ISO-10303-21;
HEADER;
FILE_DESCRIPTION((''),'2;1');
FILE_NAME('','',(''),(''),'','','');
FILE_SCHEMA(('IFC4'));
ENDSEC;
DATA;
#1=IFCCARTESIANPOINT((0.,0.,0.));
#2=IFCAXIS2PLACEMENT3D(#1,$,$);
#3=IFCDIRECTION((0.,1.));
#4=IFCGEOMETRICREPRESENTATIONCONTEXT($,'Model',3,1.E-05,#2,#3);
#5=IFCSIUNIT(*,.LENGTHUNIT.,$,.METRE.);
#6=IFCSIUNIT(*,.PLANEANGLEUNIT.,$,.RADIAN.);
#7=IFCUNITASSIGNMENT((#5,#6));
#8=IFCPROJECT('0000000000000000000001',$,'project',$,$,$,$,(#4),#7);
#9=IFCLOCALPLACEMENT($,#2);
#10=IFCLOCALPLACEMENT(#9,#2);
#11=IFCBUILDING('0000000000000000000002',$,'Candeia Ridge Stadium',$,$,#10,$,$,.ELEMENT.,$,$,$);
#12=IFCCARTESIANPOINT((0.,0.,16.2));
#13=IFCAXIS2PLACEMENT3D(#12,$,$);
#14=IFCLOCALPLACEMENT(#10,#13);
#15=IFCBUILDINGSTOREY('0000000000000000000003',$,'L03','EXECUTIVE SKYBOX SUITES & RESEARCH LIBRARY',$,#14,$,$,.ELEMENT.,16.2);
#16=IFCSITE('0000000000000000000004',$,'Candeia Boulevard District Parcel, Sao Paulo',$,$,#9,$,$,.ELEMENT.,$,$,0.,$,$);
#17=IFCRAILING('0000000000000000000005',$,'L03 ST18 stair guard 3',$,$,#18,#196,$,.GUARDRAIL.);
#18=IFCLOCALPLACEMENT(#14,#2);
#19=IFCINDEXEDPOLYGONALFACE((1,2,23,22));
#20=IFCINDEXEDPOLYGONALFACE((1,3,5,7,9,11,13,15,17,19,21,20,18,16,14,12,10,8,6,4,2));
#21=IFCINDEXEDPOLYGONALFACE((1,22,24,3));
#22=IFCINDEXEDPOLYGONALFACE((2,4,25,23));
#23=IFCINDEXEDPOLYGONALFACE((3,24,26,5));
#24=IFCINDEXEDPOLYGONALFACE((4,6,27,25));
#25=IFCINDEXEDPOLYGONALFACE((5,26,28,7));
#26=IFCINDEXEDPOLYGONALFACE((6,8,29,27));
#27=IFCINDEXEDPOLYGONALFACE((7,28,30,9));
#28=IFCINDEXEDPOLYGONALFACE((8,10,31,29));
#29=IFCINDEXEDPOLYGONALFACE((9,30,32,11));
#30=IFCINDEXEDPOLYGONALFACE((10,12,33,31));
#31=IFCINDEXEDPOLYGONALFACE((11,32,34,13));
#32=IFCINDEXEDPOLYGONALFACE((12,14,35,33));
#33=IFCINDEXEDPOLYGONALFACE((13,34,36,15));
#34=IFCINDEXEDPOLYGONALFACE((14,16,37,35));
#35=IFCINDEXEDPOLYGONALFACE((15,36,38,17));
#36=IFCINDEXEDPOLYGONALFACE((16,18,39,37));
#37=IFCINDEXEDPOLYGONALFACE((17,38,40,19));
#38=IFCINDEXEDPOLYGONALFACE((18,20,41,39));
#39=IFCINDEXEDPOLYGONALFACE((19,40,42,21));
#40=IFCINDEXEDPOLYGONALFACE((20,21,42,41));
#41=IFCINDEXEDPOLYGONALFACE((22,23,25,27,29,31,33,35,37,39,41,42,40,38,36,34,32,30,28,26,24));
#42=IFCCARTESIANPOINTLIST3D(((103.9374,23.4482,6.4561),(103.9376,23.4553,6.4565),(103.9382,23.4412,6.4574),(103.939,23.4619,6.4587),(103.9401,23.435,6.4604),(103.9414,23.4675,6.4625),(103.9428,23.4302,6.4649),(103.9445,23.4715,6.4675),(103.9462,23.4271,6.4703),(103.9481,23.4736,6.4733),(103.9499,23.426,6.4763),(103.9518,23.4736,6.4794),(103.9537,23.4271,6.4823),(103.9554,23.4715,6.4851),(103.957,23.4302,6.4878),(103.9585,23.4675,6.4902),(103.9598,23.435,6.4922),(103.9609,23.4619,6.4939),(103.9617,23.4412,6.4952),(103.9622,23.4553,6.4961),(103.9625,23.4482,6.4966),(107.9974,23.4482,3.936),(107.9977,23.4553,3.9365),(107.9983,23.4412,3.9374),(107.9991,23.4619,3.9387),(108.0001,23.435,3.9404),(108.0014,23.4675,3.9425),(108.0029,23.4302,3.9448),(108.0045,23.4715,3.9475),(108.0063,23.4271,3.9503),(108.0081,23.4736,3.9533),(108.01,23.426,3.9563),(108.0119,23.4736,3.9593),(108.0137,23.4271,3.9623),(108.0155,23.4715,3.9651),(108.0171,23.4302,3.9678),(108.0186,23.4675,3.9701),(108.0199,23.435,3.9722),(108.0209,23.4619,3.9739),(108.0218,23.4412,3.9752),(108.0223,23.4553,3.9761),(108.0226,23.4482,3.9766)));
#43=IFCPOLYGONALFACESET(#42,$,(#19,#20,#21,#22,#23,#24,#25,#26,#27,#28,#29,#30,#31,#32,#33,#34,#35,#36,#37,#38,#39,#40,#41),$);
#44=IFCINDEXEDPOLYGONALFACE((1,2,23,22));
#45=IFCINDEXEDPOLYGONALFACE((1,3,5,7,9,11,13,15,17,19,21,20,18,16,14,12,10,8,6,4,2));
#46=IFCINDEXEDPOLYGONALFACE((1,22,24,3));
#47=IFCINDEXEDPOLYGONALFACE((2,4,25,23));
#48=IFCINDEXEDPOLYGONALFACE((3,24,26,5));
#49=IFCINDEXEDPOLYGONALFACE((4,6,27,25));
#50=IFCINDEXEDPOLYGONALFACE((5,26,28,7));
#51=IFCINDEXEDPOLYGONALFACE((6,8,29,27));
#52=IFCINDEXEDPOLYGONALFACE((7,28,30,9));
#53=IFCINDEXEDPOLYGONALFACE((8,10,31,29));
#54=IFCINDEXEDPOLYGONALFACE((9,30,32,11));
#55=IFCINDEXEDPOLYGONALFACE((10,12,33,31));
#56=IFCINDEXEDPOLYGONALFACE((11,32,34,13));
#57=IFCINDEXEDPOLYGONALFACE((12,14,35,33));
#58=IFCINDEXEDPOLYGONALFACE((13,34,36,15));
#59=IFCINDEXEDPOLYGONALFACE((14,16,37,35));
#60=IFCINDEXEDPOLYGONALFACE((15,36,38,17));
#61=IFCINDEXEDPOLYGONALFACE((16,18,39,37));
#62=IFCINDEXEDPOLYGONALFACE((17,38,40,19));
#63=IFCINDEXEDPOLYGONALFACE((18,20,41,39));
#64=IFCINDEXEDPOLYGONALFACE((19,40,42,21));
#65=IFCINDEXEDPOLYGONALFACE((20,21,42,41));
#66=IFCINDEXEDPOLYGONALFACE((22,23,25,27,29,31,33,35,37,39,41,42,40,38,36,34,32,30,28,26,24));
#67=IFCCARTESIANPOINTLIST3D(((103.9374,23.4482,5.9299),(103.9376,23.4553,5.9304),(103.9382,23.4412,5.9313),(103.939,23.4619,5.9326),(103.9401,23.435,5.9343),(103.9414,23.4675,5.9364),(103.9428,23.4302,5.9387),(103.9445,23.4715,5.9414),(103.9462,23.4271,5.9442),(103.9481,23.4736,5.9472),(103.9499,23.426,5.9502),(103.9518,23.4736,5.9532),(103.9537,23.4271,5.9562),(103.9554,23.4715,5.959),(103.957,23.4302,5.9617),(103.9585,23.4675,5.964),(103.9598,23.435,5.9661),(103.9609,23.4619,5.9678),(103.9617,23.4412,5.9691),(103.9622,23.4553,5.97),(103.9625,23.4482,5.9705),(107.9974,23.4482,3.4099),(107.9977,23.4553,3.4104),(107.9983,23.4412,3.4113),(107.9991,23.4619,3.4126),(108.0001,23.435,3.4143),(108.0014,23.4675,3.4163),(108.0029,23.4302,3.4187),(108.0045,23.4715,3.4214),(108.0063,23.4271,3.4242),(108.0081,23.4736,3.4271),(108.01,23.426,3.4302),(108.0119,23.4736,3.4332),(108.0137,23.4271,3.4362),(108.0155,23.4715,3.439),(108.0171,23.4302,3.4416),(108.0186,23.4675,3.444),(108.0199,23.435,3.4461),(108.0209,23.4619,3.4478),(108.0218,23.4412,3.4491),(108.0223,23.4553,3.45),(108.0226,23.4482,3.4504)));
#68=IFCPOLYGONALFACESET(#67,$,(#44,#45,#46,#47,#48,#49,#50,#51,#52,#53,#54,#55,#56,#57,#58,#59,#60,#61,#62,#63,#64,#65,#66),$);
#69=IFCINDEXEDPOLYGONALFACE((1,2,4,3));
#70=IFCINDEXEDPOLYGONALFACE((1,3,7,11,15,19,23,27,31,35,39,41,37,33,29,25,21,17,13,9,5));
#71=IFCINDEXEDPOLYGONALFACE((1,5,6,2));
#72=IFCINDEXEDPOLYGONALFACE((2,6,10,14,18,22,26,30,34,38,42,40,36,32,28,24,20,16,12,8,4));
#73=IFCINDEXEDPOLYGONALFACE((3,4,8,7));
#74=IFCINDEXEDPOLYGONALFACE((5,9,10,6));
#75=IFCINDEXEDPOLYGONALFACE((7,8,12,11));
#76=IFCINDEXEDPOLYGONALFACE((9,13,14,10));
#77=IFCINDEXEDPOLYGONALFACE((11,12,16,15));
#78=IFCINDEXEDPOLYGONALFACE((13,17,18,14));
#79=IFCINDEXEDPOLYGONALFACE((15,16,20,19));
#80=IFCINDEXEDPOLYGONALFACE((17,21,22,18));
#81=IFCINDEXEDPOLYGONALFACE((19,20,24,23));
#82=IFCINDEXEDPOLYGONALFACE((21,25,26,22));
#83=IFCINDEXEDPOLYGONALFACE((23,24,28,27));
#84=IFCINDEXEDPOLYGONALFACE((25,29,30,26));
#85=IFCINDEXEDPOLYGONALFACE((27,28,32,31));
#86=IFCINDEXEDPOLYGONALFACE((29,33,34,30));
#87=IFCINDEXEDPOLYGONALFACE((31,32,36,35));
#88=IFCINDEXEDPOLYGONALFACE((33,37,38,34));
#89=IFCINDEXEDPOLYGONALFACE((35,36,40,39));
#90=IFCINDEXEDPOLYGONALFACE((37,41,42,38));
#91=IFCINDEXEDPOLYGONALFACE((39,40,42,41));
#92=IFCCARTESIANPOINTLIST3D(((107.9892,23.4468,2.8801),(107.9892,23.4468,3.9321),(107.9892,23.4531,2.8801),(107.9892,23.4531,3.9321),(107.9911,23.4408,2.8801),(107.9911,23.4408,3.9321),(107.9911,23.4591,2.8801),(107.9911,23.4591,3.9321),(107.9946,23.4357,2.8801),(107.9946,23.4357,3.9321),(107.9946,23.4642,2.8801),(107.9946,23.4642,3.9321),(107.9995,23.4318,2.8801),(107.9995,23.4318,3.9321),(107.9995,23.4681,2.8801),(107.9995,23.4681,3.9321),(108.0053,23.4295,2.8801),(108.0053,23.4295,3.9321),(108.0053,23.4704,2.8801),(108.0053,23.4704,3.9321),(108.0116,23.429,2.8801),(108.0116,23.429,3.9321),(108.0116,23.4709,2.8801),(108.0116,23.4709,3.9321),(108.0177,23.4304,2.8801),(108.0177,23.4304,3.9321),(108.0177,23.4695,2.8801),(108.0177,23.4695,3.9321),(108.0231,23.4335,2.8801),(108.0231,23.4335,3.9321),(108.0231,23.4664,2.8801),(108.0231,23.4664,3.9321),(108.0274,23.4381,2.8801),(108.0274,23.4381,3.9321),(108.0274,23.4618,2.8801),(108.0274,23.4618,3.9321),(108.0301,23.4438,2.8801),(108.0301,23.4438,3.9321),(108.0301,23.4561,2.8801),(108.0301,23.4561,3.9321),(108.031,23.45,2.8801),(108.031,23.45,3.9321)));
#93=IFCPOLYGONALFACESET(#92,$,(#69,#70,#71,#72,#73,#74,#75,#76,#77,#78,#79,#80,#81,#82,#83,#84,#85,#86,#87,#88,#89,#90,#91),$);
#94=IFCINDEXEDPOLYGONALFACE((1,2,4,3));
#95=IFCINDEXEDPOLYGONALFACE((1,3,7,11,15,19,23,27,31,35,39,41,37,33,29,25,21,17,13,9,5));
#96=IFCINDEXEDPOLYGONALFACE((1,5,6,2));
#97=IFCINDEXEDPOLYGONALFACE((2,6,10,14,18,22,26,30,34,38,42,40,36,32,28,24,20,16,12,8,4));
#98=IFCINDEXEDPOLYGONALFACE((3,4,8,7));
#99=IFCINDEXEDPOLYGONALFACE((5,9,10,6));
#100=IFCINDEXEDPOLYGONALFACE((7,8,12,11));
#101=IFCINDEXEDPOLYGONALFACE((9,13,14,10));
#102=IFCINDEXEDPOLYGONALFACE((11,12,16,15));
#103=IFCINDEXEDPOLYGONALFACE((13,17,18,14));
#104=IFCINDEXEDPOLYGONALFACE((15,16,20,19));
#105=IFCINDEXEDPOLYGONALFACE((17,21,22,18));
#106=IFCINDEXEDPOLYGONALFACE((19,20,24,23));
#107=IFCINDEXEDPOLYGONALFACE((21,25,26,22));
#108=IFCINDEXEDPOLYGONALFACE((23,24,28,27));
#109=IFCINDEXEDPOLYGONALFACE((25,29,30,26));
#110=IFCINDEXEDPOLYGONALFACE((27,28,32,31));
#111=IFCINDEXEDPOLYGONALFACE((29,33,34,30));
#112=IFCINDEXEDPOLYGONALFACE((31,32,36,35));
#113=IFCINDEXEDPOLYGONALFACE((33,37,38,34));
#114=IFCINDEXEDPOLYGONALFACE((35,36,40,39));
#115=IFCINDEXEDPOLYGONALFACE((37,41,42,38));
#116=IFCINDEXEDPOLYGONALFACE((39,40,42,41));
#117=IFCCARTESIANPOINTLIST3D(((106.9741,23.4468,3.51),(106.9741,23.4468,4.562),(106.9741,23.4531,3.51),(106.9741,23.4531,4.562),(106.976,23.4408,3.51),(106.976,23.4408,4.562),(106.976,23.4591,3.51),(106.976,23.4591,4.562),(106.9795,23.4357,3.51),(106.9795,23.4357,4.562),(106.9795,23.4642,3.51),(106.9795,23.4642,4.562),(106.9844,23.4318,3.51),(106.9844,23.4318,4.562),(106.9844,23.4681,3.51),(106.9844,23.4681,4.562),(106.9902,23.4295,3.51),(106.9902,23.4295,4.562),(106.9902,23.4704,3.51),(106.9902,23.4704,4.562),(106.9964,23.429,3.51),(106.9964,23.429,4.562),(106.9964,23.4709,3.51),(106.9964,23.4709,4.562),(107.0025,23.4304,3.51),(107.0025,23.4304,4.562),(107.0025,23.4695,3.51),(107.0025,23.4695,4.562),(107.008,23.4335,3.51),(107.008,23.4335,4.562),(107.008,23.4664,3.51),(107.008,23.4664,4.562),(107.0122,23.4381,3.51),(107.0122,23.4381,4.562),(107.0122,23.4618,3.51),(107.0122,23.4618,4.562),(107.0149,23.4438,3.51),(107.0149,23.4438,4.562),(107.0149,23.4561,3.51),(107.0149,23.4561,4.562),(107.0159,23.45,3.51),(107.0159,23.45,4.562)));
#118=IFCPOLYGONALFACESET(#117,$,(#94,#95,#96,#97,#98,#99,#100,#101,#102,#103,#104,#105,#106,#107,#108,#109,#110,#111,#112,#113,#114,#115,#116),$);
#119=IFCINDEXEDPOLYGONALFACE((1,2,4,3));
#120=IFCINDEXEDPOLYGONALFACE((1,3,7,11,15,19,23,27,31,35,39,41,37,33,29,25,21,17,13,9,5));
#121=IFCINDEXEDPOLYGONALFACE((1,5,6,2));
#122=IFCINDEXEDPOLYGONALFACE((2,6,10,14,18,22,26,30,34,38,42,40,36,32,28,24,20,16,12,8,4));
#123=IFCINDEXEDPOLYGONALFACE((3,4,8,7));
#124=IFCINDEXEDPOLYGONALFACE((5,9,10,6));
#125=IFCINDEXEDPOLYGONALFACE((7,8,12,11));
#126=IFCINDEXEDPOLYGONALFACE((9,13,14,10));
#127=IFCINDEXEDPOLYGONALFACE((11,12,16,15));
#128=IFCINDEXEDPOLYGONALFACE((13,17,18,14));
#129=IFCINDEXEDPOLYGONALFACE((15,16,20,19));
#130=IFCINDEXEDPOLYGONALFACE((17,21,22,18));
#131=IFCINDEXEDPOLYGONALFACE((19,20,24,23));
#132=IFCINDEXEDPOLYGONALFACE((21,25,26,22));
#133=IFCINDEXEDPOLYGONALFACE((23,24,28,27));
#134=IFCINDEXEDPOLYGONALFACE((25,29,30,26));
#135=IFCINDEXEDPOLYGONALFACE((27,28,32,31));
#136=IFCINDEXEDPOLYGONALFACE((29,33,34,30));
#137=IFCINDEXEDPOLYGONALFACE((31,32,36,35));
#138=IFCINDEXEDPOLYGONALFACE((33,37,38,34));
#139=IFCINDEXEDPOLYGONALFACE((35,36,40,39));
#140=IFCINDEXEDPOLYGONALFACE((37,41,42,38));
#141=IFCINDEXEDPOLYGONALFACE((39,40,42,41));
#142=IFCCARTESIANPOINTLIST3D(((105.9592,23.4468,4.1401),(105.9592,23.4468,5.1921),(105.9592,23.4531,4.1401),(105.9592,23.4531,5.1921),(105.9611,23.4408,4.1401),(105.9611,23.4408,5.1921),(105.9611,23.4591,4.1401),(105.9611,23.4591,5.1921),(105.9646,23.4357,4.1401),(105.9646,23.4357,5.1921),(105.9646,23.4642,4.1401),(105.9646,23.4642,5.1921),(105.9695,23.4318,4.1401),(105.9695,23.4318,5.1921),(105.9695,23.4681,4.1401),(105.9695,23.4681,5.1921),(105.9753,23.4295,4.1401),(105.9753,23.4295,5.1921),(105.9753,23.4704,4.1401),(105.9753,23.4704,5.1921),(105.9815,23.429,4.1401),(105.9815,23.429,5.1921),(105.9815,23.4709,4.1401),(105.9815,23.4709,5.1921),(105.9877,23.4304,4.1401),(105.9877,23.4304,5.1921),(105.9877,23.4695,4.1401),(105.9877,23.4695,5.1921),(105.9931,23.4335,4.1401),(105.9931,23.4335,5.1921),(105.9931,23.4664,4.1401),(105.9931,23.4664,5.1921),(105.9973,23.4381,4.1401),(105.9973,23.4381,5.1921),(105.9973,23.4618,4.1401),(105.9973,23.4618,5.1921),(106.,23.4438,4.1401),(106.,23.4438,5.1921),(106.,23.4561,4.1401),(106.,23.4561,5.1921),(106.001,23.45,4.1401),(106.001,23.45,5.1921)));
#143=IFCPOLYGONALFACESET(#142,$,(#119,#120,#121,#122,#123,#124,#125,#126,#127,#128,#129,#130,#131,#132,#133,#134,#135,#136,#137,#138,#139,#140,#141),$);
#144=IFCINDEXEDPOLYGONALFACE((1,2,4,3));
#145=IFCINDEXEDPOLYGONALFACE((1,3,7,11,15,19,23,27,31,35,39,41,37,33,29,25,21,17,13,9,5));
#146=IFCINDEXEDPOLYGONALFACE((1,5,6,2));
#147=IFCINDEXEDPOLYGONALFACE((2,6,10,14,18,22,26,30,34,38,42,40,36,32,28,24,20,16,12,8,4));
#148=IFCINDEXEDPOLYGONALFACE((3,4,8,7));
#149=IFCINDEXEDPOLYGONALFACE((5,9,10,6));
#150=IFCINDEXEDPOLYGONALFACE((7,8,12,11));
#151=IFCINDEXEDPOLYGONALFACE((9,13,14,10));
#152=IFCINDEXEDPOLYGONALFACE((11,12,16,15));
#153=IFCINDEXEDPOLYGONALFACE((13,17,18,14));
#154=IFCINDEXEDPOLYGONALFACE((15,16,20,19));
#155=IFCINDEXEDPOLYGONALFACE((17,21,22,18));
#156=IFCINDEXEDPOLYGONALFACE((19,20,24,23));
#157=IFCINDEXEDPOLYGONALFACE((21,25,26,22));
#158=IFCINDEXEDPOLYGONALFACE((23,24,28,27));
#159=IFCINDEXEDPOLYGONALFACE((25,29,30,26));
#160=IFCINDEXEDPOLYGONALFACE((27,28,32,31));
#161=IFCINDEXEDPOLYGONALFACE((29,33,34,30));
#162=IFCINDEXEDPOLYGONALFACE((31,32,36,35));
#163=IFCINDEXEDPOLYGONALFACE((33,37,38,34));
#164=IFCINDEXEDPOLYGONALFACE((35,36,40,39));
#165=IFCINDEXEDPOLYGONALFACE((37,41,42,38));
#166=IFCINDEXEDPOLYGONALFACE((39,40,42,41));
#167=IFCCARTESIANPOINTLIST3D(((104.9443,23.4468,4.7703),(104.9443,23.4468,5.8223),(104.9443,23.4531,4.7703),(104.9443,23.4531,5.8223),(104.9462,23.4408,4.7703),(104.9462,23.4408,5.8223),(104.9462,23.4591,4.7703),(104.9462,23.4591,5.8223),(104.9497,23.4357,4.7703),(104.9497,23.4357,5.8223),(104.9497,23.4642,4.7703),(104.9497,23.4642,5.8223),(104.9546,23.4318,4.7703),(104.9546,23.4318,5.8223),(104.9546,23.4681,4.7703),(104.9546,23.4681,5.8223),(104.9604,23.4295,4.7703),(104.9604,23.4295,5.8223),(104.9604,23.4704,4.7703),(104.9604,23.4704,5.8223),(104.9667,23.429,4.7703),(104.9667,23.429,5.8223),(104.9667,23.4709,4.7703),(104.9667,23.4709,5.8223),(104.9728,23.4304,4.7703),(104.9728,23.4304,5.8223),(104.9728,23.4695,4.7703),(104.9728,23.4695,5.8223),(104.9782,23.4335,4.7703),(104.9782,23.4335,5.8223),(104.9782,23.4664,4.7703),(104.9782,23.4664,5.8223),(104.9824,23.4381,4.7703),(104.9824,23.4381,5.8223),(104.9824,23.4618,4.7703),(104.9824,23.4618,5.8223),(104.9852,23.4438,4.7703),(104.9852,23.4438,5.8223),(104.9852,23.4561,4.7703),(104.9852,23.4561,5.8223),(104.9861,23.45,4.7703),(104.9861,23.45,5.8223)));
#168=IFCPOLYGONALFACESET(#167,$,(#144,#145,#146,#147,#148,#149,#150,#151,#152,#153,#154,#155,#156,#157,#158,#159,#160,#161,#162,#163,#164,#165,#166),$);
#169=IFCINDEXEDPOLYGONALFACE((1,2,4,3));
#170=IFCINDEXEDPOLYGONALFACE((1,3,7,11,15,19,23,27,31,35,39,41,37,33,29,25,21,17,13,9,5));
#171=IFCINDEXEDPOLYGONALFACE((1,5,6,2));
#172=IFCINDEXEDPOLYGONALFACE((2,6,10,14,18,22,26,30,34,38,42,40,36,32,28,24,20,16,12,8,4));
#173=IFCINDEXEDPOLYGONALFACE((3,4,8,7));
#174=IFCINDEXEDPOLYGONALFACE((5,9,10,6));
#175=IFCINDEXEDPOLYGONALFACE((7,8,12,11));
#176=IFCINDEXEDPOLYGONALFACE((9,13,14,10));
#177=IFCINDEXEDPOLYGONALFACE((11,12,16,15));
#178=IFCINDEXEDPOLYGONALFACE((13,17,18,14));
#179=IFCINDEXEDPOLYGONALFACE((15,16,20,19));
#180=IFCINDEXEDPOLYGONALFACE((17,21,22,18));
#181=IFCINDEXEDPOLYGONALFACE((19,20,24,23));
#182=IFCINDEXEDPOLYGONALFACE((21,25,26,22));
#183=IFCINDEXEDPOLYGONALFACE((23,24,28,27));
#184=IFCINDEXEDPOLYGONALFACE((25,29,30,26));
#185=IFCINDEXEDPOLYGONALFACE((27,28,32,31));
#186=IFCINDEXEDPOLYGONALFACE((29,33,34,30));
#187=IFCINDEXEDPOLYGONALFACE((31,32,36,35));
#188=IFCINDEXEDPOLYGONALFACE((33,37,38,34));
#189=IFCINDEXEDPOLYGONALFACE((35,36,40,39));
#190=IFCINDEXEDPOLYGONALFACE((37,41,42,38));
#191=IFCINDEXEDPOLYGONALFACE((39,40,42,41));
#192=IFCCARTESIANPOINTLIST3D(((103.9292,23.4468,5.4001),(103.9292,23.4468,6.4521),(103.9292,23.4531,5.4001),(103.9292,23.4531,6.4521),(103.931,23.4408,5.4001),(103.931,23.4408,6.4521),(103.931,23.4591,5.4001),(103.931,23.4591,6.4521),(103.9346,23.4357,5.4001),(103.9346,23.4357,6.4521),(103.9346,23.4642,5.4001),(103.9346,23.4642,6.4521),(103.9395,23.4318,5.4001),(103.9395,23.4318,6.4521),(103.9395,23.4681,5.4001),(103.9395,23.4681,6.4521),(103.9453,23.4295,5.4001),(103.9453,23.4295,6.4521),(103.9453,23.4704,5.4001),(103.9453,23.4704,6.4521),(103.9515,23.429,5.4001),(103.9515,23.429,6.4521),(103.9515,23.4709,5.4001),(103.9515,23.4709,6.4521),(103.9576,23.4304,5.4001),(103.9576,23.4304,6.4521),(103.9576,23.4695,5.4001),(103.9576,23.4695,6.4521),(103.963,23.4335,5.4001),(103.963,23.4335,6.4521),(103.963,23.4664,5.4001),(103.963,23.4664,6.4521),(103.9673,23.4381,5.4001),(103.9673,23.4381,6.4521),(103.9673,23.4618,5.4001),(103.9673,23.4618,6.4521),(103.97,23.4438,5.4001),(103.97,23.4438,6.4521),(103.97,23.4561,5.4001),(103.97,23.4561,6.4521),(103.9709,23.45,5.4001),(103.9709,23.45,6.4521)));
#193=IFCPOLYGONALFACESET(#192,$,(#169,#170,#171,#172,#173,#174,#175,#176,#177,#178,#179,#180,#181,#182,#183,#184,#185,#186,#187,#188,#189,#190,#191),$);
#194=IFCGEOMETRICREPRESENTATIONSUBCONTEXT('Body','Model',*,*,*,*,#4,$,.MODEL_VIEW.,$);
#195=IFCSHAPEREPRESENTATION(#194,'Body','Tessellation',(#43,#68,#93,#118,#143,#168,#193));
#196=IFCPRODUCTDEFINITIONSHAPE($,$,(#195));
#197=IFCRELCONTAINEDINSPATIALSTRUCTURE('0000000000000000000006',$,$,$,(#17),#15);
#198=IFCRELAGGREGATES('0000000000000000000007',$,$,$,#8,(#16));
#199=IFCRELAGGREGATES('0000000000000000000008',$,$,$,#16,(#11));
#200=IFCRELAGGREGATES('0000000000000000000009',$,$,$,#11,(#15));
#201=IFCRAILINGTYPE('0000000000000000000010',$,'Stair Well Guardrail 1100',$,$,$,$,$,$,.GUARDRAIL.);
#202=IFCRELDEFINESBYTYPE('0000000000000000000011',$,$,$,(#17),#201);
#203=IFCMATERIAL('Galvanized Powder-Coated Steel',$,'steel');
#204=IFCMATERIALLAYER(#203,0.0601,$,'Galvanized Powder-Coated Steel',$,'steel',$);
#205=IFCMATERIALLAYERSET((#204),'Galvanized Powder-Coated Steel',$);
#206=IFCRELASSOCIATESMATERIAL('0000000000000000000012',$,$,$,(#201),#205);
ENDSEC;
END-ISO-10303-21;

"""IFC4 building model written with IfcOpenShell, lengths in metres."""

from ifc_helpers import new_model, si_unit, direction, frame, origin, origin_2d, place, context, subcontext, project, spatial, circle, extrude, material, layer, layer_set, type_object, element, save


model = new_model("IFC4")

# Units and contexts
model_context = context("Model", 3, precision=1e-05, world=origin(), true_north=direction((0.0, 1.0)))
body_context = subcontext(model_context, "Body", "Model", "MODEL_VIEW")
ifc_project = project(units=[si_unit("LENGTHUNIT", "METRE"), si_unit("PLANEANGLEUNIT", "RADIAN")], contexts=[model_context])

# Site, building, storey
site_placement = place(None, origin())
site = spatial("IfcSite", under=ifc_project, at=site_placement, Name="Candeia Boulevard District Parcel, Sao Paulo", CompositionType="ELEMENT", RefElevation=0.0)
building_placement = place(site_placement, origin())
building = spatial("IfcBuilding", under=site, at=building_placement, Name="Candeia Ridge Stadium", CompositionType="ELEMENT")
storey_placement = place(building_placement, frame((0.0, 0.0, 16.2)))
storey = spatial("IfcBuildingStorey", under=building, at=storey_placement, Name="L03", Description="EXECUTIVE SKYBOX SUITES & RESEARCH LIBRARY", CompositionType="ELEMENT", Elevation=16.2)

# Railing
ifc_material_1 = material(Name="Galvanized Powder-Coated Steel", Category="steel")
ifc_layer_1 = layer(ifc_material_1, 0.0601, Name="Galvanized Powder-Coated Steel", Category="steel")
ifc_layer_set_1 = layer_set([ifc_layer_1], Name="Galvanized Powder-Coated Steel")
railing_type_1 = type_object("IfcRailingType", Name="Stair Well Guardrail 1100", PredefinedType="GUARDRAIL", material=ifc_layer_set_1)
railing_1_placement = place(storey_placement, frame((108.01, 23.45, 2.8801)))
element("IfcRailing", 1, at=railing_1_placement, inside=storey, type_object=railing_type_1, Name="L03 ST18 stair guard 3", PredefinedType="GUARDRAIL", context=body_context, shape_type="SweptSolid", body=[
    extrude(circle(Radius=0.0239, at=origin_2d()), frame((0.0, 0.0, 1.0762), z_axis=(-0.849642, 0.0, 0.52736), x_axis=(0.0, -1.0, 0.0)), (0.0, 0.0, 1.0), 4.7786),
    extrude(circle(Radius=0.0239, at=origin_2d()), frame((0.0, 0.0, 0.55), z_axis=(-0.849642, 0.0, 0.52736), x_axis=(0.0, -1.0, 0.0)), (0.0, 0.0, 1.0), 4.7786),
    extrude(circle(Radius=0.021, at=origin_2d()), origin(), (0.0, 0.0, 1.0), 1.052),
    extrude(circle(Radius=0.021, at=origin_2d()), frame((-1.0151, 0.0, 0.6299)), (0.0, 0.0, 1.0), 1.052),
    extrude(circle(Radius=0.021, at=origin_2d()), frame((-2.03, 0.0, 1.26)), (0.0, 0.0, 1.0), 1.052),
    extrude(circle(Radius=0.021, at=origin_2d()), frame((-3.0449, 0.0, 1.8901)), (0.0, 0.0, 1.0), 1.052),
    extrude(circle(Radius=0.021, at=origin_2d()), frame((-4.0601, 0.0, 2.52)), (0.0, 0.0, 1.0), 1.052),
])

save(model, "model.ifc")
